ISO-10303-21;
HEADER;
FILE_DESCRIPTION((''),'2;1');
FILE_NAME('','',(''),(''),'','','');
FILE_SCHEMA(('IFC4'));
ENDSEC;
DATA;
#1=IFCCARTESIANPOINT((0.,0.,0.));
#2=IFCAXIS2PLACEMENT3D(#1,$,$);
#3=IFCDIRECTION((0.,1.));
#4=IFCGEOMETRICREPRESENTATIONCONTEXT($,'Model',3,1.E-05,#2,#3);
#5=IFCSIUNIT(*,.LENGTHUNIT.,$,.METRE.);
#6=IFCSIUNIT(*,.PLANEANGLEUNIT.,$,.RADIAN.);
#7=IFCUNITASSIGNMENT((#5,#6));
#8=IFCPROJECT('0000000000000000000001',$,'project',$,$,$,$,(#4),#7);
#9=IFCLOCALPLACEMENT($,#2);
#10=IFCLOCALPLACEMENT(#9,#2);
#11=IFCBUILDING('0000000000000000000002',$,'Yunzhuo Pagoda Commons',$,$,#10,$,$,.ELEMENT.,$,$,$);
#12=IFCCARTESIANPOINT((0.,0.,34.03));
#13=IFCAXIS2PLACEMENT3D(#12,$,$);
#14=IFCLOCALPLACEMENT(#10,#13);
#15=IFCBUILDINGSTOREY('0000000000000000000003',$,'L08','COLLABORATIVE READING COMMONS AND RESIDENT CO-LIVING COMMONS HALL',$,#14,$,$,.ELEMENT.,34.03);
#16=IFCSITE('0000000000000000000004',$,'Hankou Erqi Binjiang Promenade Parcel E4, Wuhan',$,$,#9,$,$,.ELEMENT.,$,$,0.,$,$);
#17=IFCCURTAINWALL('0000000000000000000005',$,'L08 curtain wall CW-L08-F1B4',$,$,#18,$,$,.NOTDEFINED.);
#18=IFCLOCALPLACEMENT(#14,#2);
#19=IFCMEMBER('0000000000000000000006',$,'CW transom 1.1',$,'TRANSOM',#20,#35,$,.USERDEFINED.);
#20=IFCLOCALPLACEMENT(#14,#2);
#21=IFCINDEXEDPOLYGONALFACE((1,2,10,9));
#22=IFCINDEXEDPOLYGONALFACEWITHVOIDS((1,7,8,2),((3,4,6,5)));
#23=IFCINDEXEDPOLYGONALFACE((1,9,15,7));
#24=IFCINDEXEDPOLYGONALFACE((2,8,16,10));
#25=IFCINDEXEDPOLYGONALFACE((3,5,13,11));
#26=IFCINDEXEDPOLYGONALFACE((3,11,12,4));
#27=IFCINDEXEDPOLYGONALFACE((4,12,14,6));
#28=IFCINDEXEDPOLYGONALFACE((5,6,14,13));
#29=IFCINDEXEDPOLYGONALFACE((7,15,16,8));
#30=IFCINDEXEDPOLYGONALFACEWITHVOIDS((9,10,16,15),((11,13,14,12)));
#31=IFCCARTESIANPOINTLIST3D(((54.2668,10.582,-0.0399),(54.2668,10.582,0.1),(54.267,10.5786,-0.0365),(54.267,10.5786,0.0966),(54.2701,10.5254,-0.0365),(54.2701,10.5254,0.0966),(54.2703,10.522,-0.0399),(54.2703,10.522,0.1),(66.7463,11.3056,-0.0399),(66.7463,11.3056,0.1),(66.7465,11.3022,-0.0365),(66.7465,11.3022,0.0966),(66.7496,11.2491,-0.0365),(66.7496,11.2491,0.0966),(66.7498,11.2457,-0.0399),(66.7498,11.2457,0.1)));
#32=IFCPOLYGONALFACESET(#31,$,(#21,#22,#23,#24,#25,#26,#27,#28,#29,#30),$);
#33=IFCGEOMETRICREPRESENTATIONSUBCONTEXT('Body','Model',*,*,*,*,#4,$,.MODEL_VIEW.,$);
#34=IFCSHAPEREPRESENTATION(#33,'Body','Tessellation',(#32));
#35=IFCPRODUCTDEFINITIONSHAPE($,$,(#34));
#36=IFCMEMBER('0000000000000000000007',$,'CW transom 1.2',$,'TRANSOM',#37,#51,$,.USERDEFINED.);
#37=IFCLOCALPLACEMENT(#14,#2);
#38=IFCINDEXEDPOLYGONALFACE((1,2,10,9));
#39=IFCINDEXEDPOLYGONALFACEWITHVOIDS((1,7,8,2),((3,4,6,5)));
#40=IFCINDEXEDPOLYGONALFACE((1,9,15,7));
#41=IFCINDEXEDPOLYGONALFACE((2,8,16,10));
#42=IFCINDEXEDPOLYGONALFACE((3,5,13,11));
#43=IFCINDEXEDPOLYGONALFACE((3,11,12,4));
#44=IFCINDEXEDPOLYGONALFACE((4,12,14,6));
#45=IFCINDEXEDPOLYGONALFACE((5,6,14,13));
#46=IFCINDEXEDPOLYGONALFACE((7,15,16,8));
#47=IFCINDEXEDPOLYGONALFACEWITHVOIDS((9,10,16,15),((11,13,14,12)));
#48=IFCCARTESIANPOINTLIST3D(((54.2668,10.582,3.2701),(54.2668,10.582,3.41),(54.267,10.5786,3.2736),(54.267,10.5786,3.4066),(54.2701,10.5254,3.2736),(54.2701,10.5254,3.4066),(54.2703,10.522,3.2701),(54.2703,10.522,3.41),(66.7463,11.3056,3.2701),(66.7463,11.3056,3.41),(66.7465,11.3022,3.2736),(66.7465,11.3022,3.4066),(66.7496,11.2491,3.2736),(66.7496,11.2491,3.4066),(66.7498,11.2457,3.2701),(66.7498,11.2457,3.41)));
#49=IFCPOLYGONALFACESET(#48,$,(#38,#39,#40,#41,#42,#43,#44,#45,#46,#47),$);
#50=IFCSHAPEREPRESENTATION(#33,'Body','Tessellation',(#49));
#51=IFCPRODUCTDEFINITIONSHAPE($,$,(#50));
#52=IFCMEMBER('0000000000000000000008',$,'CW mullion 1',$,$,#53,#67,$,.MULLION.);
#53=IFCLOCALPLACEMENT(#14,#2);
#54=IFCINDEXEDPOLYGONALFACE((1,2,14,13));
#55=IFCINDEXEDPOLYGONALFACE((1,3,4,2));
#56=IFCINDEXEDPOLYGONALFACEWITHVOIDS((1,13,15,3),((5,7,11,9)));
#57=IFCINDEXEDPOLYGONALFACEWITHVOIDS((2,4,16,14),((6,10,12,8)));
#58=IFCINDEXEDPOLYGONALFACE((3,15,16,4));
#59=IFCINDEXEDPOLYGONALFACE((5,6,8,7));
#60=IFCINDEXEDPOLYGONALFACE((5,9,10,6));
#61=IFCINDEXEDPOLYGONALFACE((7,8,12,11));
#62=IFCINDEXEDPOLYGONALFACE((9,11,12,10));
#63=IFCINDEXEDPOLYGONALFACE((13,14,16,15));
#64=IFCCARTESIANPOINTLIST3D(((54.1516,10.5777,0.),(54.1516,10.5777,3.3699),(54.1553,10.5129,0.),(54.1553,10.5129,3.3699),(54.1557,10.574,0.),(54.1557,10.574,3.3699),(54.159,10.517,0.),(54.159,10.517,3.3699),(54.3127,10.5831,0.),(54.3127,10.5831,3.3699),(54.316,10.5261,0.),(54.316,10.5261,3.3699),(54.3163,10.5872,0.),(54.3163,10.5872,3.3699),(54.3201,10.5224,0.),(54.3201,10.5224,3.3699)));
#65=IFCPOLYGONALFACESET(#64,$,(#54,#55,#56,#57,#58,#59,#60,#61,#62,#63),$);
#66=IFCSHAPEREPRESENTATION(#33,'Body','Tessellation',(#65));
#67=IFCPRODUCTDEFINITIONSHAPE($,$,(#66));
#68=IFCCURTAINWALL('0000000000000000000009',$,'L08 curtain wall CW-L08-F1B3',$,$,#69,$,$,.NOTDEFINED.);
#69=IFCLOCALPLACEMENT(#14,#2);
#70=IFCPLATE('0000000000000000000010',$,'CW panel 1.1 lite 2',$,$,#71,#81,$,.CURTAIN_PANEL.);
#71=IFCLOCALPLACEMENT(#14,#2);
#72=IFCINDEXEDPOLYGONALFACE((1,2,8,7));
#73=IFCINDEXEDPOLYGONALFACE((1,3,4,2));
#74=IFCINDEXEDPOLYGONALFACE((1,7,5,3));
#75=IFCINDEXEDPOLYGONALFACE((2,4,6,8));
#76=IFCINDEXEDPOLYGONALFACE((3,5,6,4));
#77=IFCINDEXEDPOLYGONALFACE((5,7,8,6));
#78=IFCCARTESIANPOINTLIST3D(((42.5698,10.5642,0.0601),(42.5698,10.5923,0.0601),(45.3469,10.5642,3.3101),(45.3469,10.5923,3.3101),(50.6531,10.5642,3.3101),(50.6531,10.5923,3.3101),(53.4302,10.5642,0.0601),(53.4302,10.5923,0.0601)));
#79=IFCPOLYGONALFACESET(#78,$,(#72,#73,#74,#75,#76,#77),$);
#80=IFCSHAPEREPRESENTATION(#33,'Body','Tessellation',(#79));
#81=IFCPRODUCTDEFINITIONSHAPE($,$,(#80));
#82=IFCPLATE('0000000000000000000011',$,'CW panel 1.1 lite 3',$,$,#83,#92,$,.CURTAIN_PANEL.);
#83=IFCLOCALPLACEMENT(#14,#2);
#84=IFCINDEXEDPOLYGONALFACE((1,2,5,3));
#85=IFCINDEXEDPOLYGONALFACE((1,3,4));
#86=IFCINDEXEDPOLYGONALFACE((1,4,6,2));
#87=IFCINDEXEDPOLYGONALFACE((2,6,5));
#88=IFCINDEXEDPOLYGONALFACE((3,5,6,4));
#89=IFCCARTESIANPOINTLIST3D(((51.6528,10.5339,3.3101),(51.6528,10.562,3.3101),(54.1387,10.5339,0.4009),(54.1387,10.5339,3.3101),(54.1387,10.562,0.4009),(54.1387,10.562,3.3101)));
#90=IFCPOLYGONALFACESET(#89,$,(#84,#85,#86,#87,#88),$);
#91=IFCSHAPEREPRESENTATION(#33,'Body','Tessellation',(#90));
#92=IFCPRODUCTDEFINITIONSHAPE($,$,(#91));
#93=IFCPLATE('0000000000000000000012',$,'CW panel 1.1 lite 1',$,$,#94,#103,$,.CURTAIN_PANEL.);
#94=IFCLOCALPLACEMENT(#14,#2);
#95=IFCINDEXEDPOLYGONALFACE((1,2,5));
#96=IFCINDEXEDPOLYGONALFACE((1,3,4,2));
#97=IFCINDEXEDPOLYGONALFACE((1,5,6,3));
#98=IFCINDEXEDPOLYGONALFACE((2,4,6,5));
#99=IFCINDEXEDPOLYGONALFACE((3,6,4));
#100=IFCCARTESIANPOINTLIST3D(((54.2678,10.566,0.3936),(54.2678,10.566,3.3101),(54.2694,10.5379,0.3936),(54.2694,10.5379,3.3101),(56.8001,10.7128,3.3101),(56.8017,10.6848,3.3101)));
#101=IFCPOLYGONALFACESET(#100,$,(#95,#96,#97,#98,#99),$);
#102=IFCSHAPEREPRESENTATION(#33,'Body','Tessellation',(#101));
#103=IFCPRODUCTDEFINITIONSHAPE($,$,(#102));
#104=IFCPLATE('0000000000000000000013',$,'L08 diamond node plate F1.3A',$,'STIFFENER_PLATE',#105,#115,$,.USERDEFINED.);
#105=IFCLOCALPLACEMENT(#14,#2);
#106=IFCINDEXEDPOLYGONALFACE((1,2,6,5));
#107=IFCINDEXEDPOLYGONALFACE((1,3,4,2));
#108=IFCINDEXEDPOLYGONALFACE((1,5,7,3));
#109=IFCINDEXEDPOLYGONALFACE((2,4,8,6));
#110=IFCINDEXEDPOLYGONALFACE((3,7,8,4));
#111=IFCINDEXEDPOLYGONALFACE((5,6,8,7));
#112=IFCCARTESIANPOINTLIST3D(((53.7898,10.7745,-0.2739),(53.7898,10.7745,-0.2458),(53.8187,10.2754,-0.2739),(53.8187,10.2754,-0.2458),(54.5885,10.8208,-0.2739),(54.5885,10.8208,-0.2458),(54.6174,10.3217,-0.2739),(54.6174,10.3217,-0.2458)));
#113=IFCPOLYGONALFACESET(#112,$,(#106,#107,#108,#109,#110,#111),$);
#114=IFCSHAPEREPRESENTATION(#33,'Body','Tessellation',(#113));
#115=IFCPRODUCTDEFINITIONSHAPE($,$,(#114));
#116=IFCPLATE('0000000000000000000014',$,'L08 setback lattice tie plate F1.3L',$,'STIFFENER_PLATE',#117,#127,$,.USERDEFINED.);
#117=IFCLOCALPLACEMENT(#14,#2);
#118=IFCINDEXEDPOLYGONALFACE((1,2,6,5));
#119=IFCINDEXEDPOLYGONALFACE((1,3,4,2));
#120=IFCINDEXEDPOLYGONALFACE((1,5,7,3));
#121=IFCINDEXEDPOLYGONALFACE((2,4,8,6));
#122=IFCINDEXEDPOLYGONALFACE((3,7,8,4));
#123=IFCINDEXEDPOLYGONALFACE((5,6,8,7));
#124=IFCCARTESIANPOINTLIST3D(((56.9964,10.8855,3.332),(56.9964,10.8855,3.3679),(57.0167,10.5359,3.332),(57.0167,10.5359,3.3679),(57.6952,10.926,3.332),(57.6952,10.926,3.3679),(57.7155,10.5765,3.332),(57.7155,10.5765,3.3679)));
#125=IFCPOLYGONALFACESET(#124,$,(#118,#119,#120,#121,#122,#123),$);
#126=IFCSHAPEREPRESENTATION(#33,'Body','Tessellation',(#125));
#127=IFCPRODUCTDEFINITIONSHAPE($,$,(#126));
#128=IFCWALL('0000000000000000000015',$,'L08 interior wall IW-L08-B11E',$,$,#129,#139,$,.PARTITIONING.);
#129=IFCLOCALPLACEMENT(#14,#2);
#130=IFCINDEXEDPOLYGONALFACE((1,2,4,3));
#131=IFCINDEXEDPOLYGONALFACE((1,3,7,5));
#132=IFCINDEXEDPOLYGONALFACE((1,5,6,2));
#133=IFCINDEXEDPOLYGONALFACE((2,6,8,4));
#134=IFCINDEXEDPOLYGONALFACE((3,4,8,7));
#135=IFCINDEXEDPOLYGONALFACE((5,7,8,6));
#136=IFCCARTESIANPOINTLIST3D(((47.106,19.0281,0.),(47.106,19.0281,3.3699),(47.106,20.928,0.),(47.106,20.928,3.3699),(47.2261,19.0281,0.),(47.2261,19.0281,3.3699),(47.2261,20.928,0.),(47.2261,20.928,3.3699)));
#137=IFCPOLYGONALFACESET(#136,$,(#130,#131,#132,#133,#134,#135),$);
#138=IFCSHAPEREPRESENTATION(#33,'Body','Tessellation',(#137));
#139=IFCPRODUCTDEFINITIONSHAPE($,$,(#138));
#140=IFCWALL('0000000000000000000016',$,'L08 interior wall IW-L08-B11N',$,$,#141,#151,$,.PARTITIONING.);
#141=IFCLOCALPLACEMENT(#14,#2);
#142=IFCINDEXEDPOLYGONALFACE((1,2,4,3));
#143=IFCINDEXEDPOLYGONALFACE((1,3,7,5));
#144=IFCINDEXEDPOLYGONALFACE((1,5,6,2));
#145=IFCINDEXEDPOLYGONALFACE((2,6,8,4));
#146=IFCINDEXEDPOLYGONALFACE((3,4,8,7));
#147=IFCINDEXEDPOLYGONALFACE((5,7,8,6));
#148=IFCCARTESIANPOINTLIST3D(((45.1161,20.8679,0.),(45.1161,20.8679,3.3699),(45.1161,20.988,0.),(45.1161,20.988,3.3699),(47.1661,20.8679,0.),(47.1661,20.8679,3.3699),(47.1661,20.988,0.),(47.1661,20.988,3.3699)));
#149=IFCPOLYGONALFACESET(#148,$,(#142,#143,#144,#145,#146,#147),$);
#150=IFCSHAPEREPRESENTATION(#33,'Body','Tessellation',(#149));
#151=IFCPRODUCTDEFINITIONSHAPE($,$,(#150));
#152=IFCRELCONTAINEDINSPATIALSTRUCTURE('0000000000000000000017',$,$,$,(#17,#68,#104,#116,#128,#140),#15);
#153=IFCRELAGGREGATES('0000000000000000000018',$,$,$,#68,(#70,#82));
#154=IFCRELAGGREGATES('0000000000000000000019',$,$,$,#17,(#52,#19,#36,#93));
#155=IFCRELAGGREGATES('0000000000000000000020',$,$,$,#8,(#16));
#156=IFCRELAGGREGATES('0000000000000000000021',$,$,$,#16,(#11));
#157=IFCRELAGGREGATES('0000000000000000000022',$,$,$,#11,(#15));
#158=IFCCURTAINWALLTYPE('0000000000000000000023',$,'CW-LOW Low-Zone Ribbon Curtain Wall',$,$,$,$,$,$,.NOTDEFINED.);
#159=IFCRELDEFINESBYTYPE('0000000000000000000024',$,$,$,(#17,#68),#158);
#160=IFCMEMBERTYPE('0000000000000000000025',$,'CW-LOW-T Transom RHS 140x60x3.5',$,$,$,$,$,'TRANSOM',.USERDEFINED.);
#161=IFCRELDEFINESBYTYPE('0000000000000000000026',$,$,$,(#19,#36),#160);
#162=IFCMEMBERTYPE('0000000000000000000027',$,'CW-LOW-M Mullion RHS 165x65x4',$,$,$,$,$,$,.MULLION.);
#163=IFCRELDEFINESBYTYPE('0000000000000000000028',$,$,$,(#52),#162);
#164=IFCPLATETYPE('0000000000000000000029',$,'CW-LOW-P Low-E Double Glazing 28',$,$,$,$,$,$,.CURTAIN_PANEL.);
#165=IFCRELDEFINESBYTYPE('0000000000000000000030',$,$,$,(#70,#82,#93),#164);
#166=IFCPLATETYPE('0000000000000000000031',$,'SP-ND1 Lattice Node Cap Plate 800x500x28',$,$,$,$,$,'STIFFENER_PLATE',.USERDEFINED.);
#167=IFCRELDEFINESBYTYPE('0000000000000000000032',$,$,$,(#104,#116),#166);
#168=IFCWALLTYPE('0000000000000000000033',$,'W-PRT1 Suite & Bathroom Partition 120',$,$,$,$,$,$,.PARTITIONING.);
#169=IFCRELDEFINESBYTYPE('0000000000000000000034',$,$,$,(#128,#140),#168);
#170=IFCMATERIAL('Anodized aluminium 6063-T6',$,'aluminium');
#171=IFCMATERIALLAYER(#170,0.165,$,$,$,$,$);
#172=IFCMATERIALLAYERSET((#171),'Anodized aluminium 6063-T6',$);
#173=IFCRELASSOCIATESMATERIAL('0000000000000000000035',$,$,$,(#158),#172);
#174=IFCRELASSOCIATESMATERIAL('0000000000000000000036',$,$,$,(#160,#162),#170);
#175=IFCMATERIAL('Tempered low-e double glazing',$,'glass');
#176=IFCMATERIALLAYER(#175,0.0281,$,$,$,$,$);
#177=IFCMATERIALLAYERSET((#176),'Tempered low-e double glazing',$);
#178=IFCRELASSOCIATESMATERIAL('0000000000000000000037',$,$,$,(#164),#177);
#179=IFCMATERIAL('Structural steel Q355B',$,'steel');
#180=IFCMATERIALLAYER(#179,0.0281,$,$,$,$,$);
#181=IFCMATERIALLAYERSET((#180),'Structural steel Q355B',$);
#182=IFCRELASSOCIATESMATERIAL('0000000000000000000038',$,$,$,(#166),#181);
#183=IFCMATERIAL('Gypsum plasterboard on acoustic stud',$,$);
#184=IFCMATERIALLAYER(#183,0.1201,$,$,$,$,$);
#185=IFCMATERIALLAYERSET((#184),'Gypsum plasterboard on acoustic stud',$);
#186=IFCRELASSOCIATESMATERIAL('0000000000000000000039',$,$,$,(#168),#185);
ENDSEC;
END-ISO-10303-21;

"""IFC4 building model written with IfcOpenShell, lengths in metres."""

from ifc_helpers import new_model, si_unit, direction, frame, frame_2d, origin, origin_2d, place, context, subcontext, project, spatial, polyline, rectangle, hollow_rectangle, outline, extrude, source, transform, mapped, material, layer, layer_set, material_profile, profile_set, type_object, element, aggregate, save


model = new_model("IFC4")

# Units and contexts
model_context = context("Model", 3, precision=1e-05, world=origin(), true_north=direction((0.0, 1.0)))
body_context = subcontext(model_context, "Body", "Model", "MODEL_VIEW")
ifc_project = project(units=[si_unit("LENGTHUNIT", "METRE"), si_unit("PLANEANGLEUNIT", "RADIAN")], contexts=[model_context])

# Site, building, storey
site_placement = place(None, origin())
site = spatial("IfcSite", under=ifc_project, at=site_placement, Name="Hankou Erqi Binjiang Promenade Parcel E4, Wuhan", CompositionType="ELEMENT", RefElevation=0.0)
building_placement = place(site_placement, origin())
building = spatial("IfcBuilding", under=site, at=building_placement, Name="Yunzhuo Pagoda Commons", CompositionType="ELEMENT")
storey_placement = place(building_placement, frame((0.0, 0.0, 34.03)))
storey = spatial("IfcBuildingStorey", under=building, at=storey_placement, Name="L08", Description="COLLABORATIVE READING COMMONS AND RESIDENT CO-LIVING COMMONS HALL", CompositionType="ELEMENT", Elevation=34.03)

# Shared definitions
ifc_material_1 = material(Name="Structural steel Q355B", Category="steel")

# Curtain wall, members
ifc_material_2 = material(Name="Anodized aluminium 6063-T6", Category="aluminium")
ifc_layer_1 = layer(ifc_material_2, 0.165)
ifc_layer_set_1 = layer_set([ifc_layer_1], Name="Anodized aluminium 6063-T6")
curtain_wall_type = type_object("IfcCurtainWallType", Name="CW-LOW Low-Zone Ribbon Curtain Wall", PredefinedType="NOTDEFINED", material=ifc_layer_set_1)
curtain_wall_1_placement = place(storey_placement, origin())
curtain_wall_1 = element("IfcCurtainWall", 1, at=curtain_wall_1_placement, inside=storey, type_object=curtain_wall_type, Name="L08 curtain wall CW-L08-F1B4", PredefinedType="NOTDEFINED")
ifc_material_profile_1 = material_profile(ifc_material_2, hollow_rectangle(XDim=0.0601, YDim=0.1399, WallThickness=0.0034, at=origin_2d()), Name="Anodized aluminium 6063-T6")
ifc_profile_set_1 = profile_set([ifc_material_profile_1], Name="Anodized aluminium 6063-T6")
member_type_1 = type_object("IfcMemberType", Name="CW-LOW-T Transom RHS 140x60x3.5", ElementType="TRANSOM", PredefinedType="USERDEFINED", material=ifc_profile_set_1)
shared_shape_1 = source(origin(), body_context, "Body", "SweptSolid", [
    extrude(hollow_rectangle(XDim=0.0601, YDim=0.1399, WallThickness=0.0034, at=origin_2d()), origin(), (0.0, 0.0, 1.0), 12.5005),
])
member_1_placement = place(storey_placement, frame((54.2686, 10.552, 0.03), z_axis=(0.998323, 0.057889, 0.0), x_axis=(-0.057889, 0.998323, 0.0)))
member_1 = element("IfcMember", 2, at=member_1_placement, type_object=member_type_1, Name="CW transom 1.1", ObjectType="TRANSOM", PredefinedType="USERDEFINED", context=body_context, shape_type="MappedRepresentation", body=[
    mapped(shared_shape_1, transform((0.0, 0.0, 0.0), scale=1.0)),
])
member_2_placement = place(storey_placement, frame((54.2686, 10.552, 3.3401), z_axis=(0.998323, 0.057889, 0.0), x_axis=(-0.057889, 0.998323, 0.0)))
member_2 = element("IfcMember", 3, at=member_2_placement, type_object=member_type_1, Name="CW transom 1.2", ObjectType="TRANSOM", PredefinedType="USERDEFINED", context=body_context, shape_type="MappedRepresentation", body=[
    mapped(shared_shape_1, transform((0.0, 0.0, 0.0), scale=1.0)),
])
ifc_material_profile_2 = material_profile(ifc_material_2, hollow_rectangle(XDim=0.0649, YDim=0.165, WallThickness=0.0039, at=origin_2d()), Name="Anodized aluminium 6063-T6")
ifc_profile_set_2 = profile_set([ifc_material_profile_2], Name="Anodized aluminium 6063-T6")
member_type_2 = type_object("IfcMemberType", Name="CW-LOW-M Mullion RHS 165x65x4", PredefinedType="MULLION", material=ifc_profile_set_2)
shared_shape_2 = source(origin(), body_context, "Body", "SweptSolid", [
    extrude(hollow_rectangle(XDim=0.0649, YDim=0.165, WallThickness=0.0039, at=origin_2d()), origin(), (0.0, 0.0, 1.0), 3.3699),
])
member_3_placement = place(storey_placement, frame((54.2358, 10.55, 0.0), z_axis=(0.0, 0.0, 1.0), x_axis=(-0.057899, 0.998322, 0.0)))
member_3 = element("IfcMember", 4, at=member_3_placement, type_object=member_type_2, Name="CW mullion 1", PredefinedType="MULLION", context=body_context, shape_type="MappedRepresentation", body=[
    mapped(shared_shape_2, transform((0.0, 0.0, 0.0), scale=1.0)),
])

# Curtain wall, plates
curtain_wall_2_placement = place(storey_placement, origin())
curtain_wall_2 = element("IfcCurtainWall", 5, at=curtain_wall_2_placement, inside=storey, type_object=curtain_wall_type, Name="L08 curtain wall CW-L08-F1B3", PredefinedType="NOTDEFINED")
ifc_material_3 = material(Name="Tempered low-e double glazing", Category="glass")
ifc_layer_2 = layer(ifc_material_3, 0.0281)
ifc_layer_set_2 = layer_set([ifc_layer_2], Name="Tempered low-e double glazing")
plate_type_1 = type_object("IfcPlateType", Name="CW-LOW-P Low-E Double Glazing 28", PredefinedType="CURTAIN_PANEL", material=ifc_layer_set_2)
plate_1_placement = place(storey_placement, frame((48.0, 10.5923, 1.6851), z_axis=(0.0, -1.0, 0.0), x_axis=(1.0, 0.0, 0.0)))
plate_1 = element("IfcPlate", 6, at=plate_1_placement, type_object=plate_type_1, Name="CW panel 1.1 lite 2", PredefinedType="CURTAIN_PANEL", context=body_context, shape_type="SweptSolid", body=[
    extrude(outline(polyline([(-5.4302, -1.625), (5.4302, -1.625), (2.6531, 1.625), (-2.6531, 1.625), (-5.4302, -1.625)])), origin(), (0.0, 0.0, 1.0), 0.0281),
])
plate_2_placement = place(storey_placement, frame((52.8958, 10.562, 1.8555), z_axis=(0.0, -1.0, 0.0), x_axis=(1.0, 0.0, 0.0)))
plate_2 = element("IfcPlate", 7, at=plate_2_placement, type_object=plate_type_1, Name="CW panel 1.1 lite 3", PredefinedType="CURTAIN_PANEL", context=body_context, shape_type="SweptSolid", body=[
    extrude(outline(polyline([(-1.2429, 1.4546), (1.2429, -1.4546), (1.2429, 1.4546), (-1.2429, 1.4546)])), origin(), (0.0, 0.0, 1.0), 0.0281),
])
aggregate(curtain_wall_2, [plate_1, plate_2])

# Plate
plate_3_placement = place(storey_placement, frame((55.5339, 10.6394, 1.8518), z_axis=(0.057899, -0.998322, 0.0), x_axis=(0.998322, 0.057899, 0.0)))
plate_3 = element("IfcPlate", 8, at=plate_3_placement, type_object=plate_type_1, Name="CW panel 1.1 lite 1", PredefinedType="CURTAIN_PANEL", context=body_context, shape_type="SweptSolid", body=[
    extrude(outline(polyline([(-1.2683, -1.4583), (1.2683, 1.4583), (-1.2683, 1.4583), (-1.2683, -1.4583)])), origin(), (0.0, 0.0, 1.0), 0.0281),
])
aggregate(curtain_wall_1, [member_3, member_1, member_2, plate_3])

# Plates
ifc_layer_3 = layer(ifc_material_1, 0.0281)
ifc_layer_set_3 = layer_set([ifc_layer_3], Name="Structural steel Q355B")
plate_type_2 = type_object("IfcPlateType", Name="SP-ND1 Lattice Node Cap Plate 800x500x28", ElementType="STIFFENER_PLATE", PredefinedType="USERDEFINED", material=ifc_layer_set_3)
shared_shape_3 = source(origin(), body_context, "Body", "SweptSolid", [
    extrude(rectangle(XDim=0.8, YDim=0.5, at=origin_2d()), origin(), (0.0, 0.0, 1.0), 0.0281),
])
plate_4_placement = place(storey_placement, frame((54.2036, 10.5481, -0.2739), z_axis=(0.0, 0.0, 1.0), x_axis=(0.998323, 0.057895, 0.0)))
element("IfcPlate", 9, at=plate_4_placement, inside=storey, type_object=plate_type_2, Name="L08 diamond node plate F1.3A", ObjectType="STIFFENER_PLATE", PredefinedType="USERDEFINED", context=body_context, shape_type="MappedRepresentation", body=[
    mapped(shared_shape_3, transform((0.0, 0.0, 0.0), scale=1.0)),
])
shared_shape_4 = source(origin(), body_context, "Body", "SweptSolid", [
    extrude(rectangle(XDim=0.7, YDim=0.3501, at=origin_2d()), origin(), (0.0, 0.0, 1.0), 0.0359),
])
plate_5_placement = place(storey_placement, frame((57.356, 10.731, 3.332), z_axis=(0.0, 0.0, 1.0), x_axis=(0.998323, 0.057895, 0.0)))
element("IfcPlate", 10, at=plate_5_placement, inside=storey, type_object=plate_type_2, Name="L08 setback lattice tie plate F1.3L", ObjectType="STIFFENER_PLATE", PredefinedType="USERDEFINED", context=body_context, shape_type="MappedRepresentation", body=[
    mapped(shared_shape_4, transform((0.0, 0.0, 0.0), scale=1.0)),
])

# Walls
ifc_material_4 = material(Name="Gypsum plasterboard on acoustic stud")
ifc_layer_4 = layer(ifc_material_4, 0.1201)
ifc_layer_set_4 = layer_set([ifc_layer_4], Name="Gypsum plasterboard on acoustic stud")
wall_type = type_object("IfcWallType", Name="W-PRT1 Suite & Bathroom Partition 120", PredefinedType="PARTITIONING", material=ifc_layer_set_4)
wall_1_placement = place(storey_placement, frame((47.166, 19.0281, 0.0), z_axis=(0.0, 0.0, 1.0), x_axis=(0.0, 1.0, 0.0)))
element("IfcWall", 11, at=wall_1_placement, inside=storey, type_object=wall_type, Name="L08 interior wall IW-L08-B11E", PredefinedType="PARTITIONING", context=body_context, shape_type="SweptSolid", body=[
    extrude(rectangle(XDim=1.8999, YDim=0.1201, at=frame_2d((0.95, 0.0))), origin(), (0.0, 0.0, 1.0), 3.3699),
])
wall_2_placement = place(storey_placement, frame((47.166, 20.928, 0.0), z_axis=(0.0, 0.0, 1.0), x_axis=(-1.0, 0.0, 0.0)))
element("IfcWall", 12, at=wall_2_placement, inside=storey, type_object=wall_type, Name="L08 interior wall IW-L08-B11N", PredefinedType="PARTITIONING", context=body_context, shape_type="SweptSolid", body=[
    extrude(rectangle(XDim=2.05, YDim=0.1201, at=frame_2d((1.0249, 0.0))), origin(), (0.0, 0.0, 1.0), 3.3699),
])

save(model, "model.ifc")
